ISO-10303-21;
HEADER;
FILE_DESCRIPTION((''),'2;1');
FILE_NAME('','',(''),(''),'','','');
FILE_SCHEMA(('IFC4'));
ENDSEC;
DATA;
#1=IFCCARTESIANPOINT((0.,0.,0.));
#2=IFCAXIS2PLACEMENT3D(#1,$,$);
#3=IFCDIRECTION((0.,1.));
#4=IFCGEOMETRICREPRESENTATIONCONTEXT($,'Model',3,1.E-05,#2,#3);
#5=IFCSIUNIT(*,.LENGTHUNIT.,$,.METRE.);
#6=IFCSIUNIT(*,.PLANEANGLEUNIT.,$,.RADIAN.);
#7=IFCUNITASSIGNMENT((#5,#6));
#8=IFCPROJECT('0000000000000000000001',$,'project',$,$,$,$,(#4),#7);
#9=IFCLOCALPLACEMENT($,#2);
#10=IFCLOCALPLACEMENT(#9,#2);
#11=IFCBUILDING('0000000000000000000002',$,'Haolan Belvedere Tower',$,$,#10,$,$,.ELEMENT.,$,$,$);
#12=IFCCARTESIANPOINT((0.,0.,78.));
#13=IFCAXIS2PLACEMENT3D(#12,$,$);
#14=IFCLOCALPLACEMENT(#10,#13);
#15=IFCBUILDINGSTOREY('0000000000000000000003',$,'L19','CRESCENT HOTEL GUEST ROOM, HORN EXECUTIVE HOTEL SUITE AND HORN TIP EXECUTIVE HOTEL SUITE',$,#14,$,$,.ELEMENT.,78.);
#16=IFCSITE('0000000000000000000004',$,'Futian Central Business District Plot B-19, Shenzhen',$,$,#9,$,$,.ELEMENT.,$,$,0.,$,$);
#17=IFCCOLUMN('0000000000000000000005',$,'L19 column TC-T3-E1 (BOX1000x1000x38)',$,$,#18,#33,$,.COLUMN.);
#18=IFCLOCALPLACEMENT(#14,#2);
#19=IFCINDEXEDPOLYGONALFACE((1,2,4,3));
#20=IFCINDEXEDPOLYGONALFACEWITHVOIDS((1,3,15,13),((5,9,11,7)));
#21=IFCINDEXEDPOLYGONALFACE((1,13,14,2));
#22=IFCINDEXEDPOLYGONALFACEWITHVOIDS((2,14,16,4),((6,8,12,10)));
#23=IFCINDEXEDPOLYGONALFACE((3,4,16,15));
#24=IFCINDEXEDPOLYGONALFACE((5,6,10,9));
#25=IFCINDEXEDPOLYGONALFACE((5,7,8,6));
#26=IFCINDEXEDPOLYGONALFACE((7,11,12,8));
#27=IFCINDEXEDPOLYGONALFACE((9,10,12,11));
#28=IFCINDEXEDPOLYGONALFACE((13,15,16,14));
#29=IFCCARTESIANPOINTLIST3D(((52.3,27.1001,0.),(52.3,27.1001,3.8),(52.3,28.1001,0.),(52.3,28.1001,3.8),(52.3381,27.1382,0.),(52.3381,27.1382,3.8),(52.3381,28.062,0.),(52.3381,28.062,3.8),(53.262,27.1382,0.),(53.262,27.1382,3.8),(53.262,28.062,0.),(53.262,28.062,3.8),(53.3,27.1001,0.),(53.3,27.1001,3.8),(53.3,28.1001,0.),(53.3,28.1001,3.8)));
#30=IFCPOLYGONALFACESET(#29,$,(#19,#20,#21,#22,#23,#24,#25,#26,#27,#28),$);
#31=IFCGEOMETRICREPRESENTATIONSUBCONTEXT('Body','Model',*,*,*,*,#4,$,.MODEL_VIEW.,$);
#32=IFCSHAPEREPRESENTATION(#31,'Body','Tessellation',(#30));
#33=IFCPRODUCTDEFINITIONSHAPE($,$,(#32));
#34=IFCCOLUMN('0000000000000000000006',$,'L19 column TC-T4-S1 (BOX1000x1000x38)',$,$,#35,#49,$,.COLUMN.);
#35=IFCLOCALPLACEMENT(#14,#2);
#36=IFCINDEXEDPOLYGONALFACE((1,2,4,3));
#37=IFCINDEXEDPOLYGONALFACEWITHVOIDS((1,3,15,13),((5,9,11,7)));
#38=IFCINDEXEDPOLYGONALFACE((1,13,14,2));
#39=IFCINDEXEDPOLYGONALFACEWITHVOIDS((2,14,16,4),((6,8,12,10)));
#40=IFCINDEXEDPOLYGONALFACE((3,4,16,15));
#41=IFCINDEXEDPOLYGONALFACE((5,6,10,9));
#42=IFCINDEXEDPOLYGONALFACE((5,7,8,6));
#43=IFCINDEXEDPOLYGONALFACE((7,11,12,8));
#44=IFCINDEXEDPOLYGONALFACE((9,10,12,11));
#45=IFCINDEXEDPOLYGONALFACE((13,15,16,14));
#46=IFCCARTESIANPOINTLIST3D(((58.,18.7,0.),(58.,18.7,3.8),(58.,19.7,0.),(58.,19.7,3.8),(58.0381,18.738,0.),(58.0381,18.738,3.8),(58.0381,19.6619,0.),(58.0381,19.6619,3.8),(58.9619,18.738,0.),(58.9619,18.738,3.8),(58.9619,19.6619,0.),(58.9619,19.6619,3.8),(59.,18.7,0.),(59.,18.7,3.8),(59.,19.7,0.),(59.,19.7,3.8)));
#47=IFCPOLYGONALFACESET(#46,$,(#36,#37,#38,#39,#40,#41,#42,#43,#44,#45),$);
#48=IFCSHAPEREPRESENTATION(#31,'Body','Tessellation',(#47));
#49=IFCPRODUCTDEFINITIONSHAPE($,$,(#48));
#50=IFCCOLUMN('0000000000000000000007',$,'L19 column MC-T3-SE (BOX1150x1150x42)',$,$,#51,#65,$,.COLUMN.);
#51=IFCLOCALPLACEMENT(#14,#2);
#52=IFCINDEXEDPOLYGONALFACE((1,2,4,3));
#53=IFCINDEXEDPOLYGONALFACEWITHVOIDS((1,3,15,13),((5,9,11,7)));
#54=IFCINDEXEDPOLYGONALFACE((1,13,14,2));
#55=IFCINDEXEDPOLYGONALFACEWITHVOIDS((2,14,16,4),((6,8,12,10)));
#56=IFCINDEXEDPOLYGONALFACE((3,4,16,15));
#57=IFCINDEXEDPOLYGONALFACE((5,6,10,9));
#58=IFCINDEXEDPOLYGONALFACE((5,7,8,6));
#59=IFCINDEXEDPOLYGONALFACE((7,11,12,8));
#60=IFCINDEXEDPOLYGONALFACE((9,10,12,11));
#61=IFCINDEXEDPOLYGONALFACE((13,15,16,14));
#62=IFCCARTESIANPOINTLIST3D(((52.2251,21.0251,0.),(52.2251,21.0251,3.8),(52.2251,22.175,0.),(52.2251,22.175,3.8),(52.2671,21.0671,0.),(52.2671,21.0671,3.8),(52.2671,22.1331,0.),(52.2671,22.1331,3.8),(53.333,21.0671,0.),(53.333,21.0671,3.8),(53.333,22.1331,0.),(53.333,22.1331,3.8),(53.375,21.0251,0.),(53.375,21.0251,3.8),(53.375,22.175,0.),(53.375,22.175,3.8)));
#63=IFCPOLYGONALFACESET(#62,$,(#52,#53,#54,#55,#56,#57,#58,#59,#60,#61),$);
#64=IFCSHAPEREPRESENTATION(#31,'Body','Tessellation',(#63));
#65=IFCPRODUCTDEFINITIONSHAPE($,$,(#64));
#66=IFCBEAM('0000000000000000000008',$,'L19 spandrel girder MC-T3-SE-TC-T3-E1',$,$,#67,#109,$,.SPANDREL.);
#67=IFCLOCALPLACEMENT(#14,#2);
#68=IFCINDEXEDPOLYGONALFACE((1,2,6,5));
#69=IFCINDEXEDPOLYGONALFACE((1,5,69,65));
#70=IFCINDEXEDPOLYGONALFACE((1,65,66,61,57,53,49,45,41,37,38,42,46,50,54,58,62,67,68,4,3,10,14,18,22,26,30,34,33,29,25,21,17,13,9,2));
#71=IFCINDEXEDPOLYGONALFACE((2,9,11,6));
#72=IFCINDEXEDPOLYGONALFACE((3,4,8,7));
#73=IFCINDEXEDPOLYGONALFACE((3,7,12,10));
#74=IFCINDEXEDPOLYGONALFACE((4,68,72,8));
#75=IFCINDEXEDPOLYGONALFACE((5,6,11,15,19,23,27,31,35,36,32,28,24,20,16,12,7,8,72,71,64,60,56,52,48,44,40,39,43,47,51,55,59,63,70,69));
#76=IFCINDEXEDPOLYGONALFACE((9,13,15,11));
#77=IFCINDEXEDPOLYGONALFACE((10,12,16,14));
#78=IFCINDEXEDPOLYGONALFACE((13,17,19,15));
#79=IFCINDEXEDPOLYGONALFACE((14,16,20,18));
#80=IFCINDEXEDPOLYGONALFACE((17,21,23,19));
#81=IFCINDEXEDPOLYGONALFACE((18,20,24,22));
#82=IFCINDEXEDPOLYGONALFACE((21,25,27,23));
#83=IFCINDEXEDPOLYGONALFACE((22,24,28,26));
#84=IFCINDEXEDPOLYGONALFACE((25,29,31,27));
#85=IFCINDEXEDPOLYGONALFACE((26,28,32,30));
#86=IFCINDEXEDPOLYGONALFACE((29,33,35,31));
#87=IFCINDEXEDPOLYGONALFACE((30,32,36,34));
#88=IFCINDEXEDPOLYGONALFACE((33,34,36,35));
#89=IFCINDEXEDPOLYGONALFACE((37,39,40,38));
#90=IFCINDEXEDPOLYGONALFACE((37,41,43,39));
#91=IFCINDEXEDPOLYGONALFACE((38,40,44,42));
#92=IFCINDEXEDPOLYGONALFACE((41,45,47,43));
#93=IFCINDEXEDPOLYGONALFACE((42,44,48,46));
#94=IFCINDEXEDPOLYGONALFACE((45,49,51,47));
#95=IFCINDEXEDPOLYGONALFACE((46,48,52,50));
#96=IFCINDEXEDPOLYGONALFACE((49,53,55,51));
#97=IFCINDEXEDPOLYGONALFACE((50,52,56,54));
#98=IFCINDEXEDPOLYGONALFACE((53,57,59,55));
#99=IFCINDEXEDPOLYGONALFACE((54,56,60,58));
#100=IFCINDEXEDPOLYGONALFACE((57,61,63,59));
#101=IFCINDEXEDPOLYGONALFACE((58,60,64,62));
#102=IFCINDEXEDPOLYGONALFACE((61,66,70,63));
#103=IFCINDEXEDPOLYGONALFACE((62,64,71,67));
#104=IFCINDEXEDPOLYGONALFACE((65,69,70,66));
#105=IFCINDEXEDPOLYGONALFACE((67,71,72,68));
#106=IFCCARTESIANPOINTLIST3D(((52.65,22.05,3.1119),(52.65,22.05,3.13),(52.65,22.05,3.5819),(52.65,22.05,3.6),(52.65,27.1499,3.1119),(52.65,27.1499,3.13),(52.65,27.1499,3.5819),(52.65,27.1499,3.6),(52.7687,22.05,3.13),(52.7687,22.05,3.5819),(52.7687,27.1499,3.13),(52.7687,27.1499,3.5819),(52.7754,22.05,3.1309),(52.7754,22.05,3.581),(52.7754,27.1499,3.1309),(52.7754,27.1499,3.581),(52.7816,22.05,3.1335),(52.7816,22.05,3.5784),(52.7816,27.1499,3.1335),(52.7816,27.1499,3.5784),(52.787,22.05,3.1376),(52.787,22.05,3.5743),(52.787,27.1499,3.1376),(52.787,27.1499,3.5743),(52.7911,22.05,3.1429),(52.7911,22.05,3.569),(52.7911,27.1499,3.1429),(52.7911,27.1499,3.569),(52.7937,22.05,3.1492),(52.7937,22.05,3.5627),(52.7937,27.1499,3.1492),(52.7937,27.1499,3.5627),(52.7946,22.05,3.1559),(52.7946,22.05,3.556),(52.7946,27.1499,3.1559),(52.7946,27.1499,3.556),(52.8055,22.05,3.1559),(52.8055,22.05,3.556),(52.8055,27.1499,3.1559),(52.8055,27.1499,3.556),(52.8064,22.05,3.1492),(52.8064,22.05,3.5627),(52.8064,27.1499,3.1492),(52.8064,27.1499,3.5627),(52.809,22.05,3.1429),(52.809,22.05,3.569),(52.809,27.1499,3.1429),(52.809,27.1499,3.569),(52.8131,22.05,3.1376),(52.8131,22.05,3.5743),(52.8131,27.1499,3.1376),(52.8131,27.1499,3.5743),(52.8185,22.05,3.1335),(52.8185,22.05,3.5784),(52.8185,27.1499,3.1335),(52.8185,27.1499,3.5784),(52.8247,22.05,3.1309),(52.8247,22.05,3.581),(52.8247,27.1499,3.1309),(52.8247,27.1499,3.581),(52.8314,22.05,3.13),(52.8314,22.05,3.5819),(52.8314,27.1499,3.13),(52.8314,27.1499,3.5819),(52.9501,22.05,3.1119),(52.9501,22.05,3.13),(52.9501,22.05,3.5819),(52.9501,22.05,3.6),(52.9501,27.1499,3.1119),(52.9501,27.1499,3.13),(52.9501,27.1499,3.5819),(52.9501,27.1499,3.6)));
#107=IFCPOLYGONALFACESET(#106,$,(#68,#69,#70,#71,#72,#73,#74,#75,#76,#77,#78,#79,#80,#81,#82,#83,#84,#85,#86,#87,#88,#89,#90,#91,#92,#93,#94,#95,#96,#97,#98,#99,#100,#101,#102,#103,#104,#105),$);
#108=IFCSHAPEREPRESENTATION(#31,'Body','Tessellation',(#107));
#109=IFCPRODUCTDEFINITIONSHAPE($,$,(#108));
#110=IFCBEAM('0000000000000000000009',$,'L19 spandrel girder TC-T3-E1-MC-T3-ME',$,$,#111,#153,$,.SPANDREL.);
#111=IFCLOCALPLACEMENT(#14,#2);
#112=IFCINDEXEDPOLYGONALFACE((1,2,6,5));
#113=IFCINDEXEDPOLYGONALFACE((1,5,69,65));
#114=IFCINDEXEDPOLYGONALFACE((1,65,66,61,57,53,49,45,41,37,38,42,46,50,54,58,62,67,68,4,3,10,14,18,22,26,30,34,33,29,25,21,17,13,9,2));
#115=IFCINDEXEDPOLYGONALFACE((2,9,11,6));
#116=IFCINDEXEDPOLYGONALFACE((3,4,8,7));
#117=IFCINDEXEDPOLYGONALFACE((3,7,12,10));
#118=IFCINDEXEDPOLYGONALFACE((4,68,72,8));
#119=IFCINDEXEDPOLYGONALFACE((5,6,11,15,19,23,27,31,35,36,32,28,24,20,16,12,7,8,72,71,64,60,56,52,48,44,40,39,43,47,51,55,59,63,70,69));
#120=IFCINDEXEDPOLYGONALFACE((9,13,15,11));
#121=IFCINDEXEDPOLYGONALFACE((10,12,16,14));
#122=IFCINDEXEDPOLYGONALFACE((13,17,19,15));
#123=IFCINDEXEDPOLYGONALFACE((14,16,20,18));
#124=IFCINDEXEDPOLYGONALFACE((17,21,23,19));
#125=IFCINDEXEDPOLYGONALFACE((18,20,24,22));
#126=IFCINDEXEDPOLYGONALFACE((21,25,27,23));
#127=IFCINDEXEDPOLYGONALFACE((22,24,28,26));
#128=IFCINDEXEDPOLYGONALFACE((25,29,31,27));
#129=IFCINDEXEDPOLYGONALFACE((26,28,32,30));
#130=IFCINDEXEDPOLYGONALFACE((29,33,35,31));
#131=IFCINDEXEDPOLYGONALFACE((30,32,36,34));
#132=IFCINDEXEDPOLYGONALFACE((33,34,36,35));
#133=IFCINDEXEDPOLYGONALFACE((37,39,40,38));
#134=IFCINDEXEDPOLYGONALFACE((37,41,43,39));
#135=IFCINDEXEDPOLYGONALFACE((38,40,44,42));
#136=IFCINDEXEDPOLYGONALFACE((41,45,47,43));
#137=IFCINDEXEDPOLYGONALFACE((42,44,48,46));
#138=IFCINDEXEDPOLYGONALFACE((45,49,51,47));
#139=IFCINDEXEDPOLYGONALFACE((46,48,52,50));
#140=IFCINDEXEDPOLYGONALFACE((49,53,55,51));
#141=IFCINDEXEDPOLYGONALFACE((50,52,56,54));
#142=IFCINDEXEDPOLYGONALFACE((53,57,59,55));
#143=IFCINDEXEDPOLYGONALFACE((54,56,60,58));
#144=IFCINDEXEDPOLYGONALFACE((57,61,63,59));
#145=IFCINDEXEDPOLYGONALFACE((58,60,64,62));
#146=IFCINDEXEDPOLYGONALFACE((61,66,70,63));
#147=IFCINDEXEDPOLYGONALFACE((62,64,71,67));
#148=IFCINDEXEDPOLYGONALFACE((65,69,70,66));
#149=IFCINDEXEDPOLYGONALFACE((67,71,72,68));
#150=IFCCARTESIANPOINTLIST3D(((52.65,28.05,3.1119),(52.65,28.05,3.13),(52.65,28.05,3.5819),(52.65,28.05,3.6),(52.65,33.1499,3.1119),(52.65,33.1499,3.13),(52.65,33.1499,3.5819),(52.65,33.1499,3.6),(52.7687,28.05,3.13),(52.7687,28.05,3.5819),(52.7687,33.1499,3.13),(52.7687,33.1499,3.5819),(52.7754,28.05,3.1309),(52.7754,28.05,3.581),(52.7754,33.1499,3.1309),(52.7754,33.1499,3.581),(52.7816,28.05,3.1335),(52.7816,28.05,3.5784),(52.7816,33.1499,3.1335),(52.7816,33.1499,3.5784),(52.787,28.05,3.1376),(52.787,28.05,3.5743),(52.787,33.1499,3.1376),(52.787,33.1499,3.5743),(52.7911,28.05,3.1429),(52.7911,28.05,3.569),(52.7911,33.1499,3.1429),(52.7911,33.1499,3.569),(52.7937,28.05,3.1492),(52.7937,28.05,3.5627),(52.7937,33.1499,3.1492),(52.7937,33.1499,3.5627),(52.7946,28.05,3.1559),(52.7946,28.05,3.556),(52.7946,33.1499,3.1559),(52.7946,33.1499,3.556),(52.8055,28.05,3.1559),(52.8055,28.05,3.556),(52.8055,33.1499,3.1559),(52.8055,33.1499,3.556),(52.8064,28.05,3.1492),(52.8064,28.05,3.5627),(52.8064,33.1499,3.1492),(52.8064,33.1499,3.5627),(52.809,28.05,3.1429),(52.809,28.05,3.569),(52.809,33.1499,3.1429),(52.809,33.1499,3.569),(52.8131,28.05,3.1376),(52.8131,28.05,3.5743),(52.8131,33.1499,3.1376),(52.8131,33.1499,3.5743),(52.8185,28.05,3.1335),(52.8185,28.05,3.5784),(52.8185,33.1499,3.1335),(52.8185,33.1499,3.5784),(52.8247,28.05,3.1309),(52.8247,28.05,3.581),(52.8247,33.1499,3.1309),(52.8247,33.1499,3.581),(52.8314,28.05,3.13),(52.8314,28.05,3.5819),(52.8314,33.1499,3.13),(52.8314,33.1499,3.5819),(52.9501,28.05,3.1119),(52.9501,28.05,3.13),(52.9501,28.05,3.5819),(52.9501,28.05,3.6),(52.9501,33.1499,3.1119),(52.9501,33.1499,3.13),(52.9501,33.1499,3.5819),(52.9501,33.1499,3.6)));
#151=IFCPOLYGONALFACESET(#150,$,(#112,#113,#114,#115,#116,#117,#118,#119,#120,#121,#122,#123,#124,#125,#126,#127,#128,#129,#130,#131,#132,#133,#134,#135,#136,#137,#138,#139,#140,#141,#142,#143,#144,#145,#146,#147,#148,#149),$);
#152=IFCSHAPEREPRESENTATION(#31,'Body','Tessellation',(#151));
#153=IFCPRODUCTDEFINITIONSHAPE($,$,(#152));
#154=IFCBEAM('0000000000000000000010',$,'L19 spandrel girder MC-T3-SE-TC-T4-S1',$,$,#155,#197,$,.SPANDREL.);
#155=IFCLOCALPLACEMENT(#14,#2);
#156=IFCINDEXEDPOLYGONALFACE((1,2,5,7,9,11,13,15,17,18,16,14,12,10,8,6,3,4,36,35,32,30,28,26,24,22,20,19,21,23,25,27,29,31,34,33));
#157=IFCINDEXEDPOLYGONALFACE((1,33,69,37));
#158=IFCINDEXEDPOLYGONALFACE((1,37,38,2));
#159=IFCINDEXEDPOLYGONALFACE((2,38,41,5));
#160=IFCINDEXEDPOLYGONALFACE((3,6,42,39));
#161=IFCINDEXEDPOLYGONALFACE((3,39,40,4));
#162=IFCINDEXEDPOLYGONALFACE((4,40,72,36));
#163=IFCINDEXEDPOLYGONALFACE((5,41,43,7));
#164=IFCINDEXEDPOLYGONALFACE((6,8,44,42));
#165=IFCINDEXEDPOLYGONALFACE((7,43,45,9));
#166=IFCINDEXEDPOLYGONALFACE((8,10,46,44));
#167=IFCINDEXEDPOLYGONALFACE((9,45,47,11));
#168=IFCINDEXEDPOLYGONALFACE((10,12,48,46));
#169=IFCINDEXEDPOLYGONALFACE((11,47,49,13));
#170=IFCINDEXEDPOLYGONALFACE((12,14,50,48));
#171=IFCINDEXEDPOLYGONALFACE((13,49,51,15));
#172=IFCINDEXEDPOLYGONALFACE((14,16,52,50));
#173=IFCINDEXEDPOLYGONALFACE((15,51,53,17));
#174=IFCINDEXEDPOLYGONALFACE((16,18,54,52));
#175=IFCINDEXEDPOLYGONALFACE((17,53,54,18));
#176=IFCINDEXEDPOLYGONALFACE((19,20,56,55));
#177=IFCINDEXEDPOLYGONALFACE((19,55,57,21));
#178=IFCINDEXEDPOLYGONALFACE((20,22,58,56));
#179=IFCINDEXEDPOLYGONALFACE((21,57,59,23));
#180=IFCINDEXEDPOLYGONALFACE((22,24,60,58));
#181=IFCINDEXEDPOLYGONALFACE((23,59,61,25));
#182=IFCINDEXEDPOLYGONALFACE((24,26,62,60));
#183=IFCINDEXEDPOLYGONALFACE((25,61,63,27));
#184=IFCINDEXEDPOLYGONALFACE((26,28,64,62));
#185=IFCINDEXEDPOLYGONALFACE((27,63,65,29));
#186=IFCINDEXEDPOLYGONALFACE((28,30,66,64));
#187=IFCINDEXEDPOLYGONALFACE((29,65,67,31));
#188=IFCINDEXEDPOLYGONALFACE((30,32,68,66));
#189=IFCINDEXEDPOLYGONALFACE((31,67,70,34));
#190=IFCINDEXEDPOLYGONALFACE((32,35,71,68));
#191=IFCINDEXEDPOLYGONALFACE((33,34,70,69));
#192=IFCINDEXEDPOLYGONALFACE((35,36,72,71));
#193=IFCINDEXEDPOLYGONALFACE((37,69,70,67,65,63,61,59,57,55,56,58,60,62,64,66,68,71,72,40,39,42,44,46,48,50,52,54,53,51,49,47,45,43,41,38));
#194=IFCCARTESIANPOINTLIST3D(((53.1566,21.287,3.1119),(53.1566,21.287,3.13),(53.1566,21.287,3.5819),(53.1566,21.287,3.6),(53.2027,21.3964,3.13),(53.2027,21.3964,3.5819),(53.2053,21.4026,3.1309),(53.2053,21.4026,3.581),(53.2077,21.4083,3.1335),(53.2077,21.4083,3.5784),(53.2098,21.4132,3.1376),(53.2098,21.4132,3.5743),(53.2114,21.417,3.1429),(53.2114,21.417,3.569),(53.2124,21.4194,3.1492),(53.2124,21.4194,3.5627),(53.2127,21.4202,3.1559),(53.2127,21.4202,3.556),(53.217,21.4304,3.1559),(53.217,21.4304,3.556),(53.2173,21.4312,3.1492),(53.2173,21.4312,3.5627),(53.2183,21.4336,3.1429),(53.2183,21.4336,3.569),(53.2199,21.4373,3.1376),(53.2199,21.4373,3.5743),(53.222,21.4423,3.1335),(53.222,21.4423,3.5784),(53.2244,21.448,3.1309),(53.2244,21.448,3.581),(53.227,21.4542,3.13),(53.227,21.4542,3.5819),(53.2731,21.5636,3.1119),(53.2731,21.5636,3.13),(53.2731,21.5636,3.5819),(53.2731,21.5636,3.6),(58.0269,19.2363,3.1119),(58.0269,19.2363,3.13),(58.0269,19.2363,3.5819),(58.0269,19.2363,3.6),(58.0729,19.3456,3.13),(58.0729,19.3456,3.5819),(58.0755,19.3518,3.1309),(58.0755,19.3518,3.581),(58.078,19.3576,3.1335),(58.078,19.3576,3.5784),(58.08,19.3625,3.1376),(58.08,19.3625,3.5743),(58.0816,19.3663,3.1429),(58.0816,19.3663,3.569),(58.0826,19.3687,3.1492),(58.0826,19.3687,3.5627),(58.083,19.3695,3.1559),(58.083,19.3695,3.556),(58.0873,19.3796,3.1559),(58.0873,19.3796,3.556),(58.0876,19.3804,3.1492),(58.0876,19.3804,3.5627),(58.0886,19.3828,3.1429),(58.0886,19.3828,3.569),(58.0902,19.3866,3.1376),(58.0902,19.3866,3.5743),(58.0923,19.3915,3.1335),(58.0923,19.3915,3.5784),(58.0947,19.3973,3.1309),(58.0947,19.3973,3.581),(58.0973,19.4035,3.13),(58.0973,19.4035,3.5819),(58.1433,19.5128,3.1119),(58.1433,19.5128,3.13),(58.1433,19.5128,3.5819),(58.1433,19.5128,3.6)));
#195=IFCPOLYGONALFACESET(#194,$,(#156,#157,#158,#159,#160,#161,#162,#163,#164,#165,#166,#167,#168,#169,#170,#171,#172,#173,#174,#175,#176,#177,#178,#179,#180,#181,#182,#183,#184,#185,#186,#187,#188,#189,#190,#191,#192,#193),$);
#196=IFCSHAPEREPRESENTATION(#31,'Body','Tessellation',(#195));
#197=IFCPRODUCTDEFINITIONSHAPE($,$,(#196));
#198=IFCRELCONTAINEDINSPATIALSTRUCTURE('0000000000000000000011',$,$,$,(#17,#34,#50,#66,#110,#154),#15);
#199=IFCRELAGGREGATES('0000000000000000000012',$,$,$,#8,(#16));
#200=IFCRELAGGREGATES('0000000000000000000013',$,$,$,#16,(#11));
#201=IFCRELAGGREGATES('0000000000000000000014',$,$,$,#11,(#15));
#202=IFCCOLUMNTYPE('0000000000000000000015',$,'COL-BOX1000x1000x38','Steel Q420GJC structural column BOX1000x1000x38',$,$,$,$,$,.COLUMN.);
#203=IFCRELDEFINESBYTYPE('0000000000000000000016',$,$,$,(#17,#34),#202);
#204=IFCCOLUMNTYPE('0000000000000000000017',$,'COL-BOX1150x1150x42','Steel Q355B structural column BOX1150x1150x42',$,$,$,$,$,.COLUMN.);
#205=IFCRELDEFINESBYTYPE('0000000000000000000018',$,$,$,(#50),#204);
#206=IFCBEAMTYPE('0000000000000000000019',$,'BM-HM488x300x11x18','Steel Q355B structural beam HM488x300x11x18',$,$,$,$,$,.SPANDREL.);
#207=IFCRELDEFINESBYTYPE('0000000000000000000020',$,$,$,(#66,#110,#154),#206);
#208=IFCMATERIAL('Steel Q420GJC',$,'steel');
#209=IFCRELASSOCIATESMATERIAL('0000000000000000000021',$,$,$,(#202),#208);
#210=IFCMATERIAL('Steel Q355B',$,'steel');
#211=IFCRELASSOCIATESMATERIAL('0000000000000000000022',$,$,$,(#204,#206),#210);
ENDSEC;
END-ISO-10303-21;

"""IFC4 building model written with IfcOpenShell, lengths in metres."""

from ifc_helpers import new_model, si_unit, direction, frame, origin, origin_2d, place, context, subcontext, project, spatial, hollow_rectangle, i_section, extrude, material, material_profile, profile_set, type_object, element, save


model = new_model("IFC4")

# Units and contexts
model_context = context("Model", 3, precision=1e-05, world=origin(), true_north=direction((0.0, 1.0)))
body_context = subcontext(model_context, "Body", "Model", "MODEL_VIEW")
ifc_project = project(units=[si_unit("LENGTHUNIT", "METRE"), si_unit("PLANEANGLEUNIT", "RADIAN")], contexts=[model_context])

# Site, building, storey
site_placement = place(None, origin())
site = spatial("IfcSite", under=ifc_project, at=site_placement, Name="Futian Central Business District Plot B-19, Shenzhen", CompositionType="ELEMENT", RefElevation=0.0)
building_placement = place(site_placement, origin())
building = spatial("IfcBuilding", under=site, at=building_placement, Name="Haolan Belvedere Tower", CompositionType="ELEMENT")
storey_placement = place(building_placement, frame((0.0, 0.0, 78.0)))
storey = spatial("IfcBuildingStorey", under=building, at=storey_placement, Name="L19", Description="CRESCENT HOTEL GUEST ROOM, HORN EXECUTIVE HOTEL SUITE AND HORN TIP EXECUTIVE HOTEL SUITE", CompositionType="ELEMENT", Elevation=78.0)

# Columns
ifc_material_1 = material(Name="Steel Q420GJC", Category="steel")
ifc_material_profile_1 = material_profile(ifc_material_1, hollow_rectangle(XDim=1.0, YDim=1.0, WallThickness=0.0381, at=origin_2d()), Name="Steel Q420GJC")
ifc_profile_set_1 = profile_set([ifc_material_profile_1], Name="Steel Q420GJC")
column_type_1 = type_object("IfcColumnType", Name="COL-BOX1000x1000x38", Description="Steel Q420GJC structural column BOX1000x1000x38", PredefinedType="COLUMN", material=ifc_profile_set_1)
for number, where, z_axis, x_axis, name in (
    (1, (52.8, 27.6001, 0.0), (0.0, 0.0, 1.0), (1.0, 0.0, 0.0), "L19 column TC-T3-E1 (BOX1000x1000x38)"),
    (2, (58.5, 19.2, 0.0), (0.0, 0.0, 1.0), (1.0, 0.0, 0.0), "L19 column TC-T4-S1 (BOX1000x1000x38)"),
):
    element("IfcColumn", number, at=place(storey_placement, frame(where, z_axis=z_axis, x_axis=x_axis)), inside=storey, type_object=column_type_1, Name=name, PredefinedType="COLUMN", context=body_context, shape_type="SweptSolid", body=[
        extrude(hollow_rectangle(XDim=1.0, YDim=1.0, WallThickness=0.0381, at=origin_2d()), origin(), (0.0, 0.0, 1.0), 3.8),
    ])
ifc_material_2 = material(Name="Steel Q355B", Category="steel")
ifc_material_profile_2 = material_profile(ifc_material_2, hollow_rectangle(XDim=1.1499, YDim=1.1499, WallThickness=0.042, at=origin_2d()), Name="Steel Q355B")
ifc_profile_set_2 = profile_set([ifc_material_profile_2], Name="Steel Q355B")
column_type_2 = type_object("IfcColumnType", Name="COL-BOX1150x1150x42", Description="Steel Q355B structural column BOX1150x1150x42", PredefinedType="COLUMN", material=ifc_profile_set_2)
column_placement = place(storey_placement, frame((52.8, 21.6001, 0.0), z_axis=(0.0, 0.0, 1.0), x_axis=(1.0, 0.0, 0.0)))
element("IfcColumn", 3, at=column_placement, inside=storey, type_object=column_type_2, Name="L19 column MC-T3-SE (BOX1150x1150x42)", PredefinedType="COLUMN", context=body_context, shape_type="SweptSolid", body=[
    extrude(hollow_rectangle(XDim=1.1499, YDim=1.1499, WallThickness=0.042, at=origin_2d()), origin(), (0.0, 0.0, 1.0), 3.8),
])

# Beams
ifc_material_profile_3 = material_profile(ifc_material_2, i_section(OverallWidth=0.3, OverallDepth=0.488, WebThickness=0.011, FlangeThickness=0.0181, FilletRadius=0.0259, at=origin_2d()), Name="Steel Q355B")
ifc_profile_set_3 = profile_set([ifc_material_profile_3], Name="Steel Q355B")
beam_type_1 = type_object("IfcBeamType", Name="BM-HM488x300x11x18", Description="Steel Q355B structural beam HM488x300x11x18", PredefinedType="SPANDREL", material=ifc_profile_set_3)
for number, where, z_axis, x_axis, name in (
    (4, (52.8, 22.05, 3.356), (0.0, 1.0, 0.0), (-1.0, 0.0, 0.0), "L19 spandrel girder MC-T3-SE-TC-T3-E1"),
    (5, (52.8, 28.05, 3.356), (0.0, 1.0, 0.0), (-1.0, 0.0, 0.0), "L19 spandrel girder TC-T3-E1-MC-T3-ME"),
):
    element("IfcBeam", number, at=place(storey_placement, frame(where, z_axis=z_axis, x_axis=x_axis)), inside=storey, type_object=beam_type_1, Name=name, PredefinedType="SPANDREL", context=body_context, shape_type="SweptSolid", body=[
        extrude(i_section(OverallWidth=0.3, OverallDepth=0.488, WebThickness=0.011, FlangeThickness=0.0181, FilletRadius=0.0259, at=origin_2d()), origin(), (0.0, 0.0, 1.0), 5.0999),
    ])
for number, where, z_axis, x_axis, name in (
    (6, (53.2148, 21.4253, 3.356), (0.921628, -0.388074, 0.0), (0.388074, 0.921628, 0.0), "L19 spandrel girder MC-T3-SE-TC-T4-S1"),
):
    element("IfcBeam", number, at=place(storey_placement, frame(where, z_axis=z_axis, x_axis=x_axis)), inside=storey, type_object=beam_type_1, Name=name, PredefinedType="SPANDREL", context=body_context, shape_type="SweptSolid", body=[
        extrude(i_section(OverallWidth=0.3, OverallDepth=0.488, WebThickness=0.011, FlangeThickness=0.0181, FilletRadius=0.0259, at=origin_2d()), origin(), (0.0, 0.0, 1.0), 5.2844),
    ])

save(model, "model.ifc")
